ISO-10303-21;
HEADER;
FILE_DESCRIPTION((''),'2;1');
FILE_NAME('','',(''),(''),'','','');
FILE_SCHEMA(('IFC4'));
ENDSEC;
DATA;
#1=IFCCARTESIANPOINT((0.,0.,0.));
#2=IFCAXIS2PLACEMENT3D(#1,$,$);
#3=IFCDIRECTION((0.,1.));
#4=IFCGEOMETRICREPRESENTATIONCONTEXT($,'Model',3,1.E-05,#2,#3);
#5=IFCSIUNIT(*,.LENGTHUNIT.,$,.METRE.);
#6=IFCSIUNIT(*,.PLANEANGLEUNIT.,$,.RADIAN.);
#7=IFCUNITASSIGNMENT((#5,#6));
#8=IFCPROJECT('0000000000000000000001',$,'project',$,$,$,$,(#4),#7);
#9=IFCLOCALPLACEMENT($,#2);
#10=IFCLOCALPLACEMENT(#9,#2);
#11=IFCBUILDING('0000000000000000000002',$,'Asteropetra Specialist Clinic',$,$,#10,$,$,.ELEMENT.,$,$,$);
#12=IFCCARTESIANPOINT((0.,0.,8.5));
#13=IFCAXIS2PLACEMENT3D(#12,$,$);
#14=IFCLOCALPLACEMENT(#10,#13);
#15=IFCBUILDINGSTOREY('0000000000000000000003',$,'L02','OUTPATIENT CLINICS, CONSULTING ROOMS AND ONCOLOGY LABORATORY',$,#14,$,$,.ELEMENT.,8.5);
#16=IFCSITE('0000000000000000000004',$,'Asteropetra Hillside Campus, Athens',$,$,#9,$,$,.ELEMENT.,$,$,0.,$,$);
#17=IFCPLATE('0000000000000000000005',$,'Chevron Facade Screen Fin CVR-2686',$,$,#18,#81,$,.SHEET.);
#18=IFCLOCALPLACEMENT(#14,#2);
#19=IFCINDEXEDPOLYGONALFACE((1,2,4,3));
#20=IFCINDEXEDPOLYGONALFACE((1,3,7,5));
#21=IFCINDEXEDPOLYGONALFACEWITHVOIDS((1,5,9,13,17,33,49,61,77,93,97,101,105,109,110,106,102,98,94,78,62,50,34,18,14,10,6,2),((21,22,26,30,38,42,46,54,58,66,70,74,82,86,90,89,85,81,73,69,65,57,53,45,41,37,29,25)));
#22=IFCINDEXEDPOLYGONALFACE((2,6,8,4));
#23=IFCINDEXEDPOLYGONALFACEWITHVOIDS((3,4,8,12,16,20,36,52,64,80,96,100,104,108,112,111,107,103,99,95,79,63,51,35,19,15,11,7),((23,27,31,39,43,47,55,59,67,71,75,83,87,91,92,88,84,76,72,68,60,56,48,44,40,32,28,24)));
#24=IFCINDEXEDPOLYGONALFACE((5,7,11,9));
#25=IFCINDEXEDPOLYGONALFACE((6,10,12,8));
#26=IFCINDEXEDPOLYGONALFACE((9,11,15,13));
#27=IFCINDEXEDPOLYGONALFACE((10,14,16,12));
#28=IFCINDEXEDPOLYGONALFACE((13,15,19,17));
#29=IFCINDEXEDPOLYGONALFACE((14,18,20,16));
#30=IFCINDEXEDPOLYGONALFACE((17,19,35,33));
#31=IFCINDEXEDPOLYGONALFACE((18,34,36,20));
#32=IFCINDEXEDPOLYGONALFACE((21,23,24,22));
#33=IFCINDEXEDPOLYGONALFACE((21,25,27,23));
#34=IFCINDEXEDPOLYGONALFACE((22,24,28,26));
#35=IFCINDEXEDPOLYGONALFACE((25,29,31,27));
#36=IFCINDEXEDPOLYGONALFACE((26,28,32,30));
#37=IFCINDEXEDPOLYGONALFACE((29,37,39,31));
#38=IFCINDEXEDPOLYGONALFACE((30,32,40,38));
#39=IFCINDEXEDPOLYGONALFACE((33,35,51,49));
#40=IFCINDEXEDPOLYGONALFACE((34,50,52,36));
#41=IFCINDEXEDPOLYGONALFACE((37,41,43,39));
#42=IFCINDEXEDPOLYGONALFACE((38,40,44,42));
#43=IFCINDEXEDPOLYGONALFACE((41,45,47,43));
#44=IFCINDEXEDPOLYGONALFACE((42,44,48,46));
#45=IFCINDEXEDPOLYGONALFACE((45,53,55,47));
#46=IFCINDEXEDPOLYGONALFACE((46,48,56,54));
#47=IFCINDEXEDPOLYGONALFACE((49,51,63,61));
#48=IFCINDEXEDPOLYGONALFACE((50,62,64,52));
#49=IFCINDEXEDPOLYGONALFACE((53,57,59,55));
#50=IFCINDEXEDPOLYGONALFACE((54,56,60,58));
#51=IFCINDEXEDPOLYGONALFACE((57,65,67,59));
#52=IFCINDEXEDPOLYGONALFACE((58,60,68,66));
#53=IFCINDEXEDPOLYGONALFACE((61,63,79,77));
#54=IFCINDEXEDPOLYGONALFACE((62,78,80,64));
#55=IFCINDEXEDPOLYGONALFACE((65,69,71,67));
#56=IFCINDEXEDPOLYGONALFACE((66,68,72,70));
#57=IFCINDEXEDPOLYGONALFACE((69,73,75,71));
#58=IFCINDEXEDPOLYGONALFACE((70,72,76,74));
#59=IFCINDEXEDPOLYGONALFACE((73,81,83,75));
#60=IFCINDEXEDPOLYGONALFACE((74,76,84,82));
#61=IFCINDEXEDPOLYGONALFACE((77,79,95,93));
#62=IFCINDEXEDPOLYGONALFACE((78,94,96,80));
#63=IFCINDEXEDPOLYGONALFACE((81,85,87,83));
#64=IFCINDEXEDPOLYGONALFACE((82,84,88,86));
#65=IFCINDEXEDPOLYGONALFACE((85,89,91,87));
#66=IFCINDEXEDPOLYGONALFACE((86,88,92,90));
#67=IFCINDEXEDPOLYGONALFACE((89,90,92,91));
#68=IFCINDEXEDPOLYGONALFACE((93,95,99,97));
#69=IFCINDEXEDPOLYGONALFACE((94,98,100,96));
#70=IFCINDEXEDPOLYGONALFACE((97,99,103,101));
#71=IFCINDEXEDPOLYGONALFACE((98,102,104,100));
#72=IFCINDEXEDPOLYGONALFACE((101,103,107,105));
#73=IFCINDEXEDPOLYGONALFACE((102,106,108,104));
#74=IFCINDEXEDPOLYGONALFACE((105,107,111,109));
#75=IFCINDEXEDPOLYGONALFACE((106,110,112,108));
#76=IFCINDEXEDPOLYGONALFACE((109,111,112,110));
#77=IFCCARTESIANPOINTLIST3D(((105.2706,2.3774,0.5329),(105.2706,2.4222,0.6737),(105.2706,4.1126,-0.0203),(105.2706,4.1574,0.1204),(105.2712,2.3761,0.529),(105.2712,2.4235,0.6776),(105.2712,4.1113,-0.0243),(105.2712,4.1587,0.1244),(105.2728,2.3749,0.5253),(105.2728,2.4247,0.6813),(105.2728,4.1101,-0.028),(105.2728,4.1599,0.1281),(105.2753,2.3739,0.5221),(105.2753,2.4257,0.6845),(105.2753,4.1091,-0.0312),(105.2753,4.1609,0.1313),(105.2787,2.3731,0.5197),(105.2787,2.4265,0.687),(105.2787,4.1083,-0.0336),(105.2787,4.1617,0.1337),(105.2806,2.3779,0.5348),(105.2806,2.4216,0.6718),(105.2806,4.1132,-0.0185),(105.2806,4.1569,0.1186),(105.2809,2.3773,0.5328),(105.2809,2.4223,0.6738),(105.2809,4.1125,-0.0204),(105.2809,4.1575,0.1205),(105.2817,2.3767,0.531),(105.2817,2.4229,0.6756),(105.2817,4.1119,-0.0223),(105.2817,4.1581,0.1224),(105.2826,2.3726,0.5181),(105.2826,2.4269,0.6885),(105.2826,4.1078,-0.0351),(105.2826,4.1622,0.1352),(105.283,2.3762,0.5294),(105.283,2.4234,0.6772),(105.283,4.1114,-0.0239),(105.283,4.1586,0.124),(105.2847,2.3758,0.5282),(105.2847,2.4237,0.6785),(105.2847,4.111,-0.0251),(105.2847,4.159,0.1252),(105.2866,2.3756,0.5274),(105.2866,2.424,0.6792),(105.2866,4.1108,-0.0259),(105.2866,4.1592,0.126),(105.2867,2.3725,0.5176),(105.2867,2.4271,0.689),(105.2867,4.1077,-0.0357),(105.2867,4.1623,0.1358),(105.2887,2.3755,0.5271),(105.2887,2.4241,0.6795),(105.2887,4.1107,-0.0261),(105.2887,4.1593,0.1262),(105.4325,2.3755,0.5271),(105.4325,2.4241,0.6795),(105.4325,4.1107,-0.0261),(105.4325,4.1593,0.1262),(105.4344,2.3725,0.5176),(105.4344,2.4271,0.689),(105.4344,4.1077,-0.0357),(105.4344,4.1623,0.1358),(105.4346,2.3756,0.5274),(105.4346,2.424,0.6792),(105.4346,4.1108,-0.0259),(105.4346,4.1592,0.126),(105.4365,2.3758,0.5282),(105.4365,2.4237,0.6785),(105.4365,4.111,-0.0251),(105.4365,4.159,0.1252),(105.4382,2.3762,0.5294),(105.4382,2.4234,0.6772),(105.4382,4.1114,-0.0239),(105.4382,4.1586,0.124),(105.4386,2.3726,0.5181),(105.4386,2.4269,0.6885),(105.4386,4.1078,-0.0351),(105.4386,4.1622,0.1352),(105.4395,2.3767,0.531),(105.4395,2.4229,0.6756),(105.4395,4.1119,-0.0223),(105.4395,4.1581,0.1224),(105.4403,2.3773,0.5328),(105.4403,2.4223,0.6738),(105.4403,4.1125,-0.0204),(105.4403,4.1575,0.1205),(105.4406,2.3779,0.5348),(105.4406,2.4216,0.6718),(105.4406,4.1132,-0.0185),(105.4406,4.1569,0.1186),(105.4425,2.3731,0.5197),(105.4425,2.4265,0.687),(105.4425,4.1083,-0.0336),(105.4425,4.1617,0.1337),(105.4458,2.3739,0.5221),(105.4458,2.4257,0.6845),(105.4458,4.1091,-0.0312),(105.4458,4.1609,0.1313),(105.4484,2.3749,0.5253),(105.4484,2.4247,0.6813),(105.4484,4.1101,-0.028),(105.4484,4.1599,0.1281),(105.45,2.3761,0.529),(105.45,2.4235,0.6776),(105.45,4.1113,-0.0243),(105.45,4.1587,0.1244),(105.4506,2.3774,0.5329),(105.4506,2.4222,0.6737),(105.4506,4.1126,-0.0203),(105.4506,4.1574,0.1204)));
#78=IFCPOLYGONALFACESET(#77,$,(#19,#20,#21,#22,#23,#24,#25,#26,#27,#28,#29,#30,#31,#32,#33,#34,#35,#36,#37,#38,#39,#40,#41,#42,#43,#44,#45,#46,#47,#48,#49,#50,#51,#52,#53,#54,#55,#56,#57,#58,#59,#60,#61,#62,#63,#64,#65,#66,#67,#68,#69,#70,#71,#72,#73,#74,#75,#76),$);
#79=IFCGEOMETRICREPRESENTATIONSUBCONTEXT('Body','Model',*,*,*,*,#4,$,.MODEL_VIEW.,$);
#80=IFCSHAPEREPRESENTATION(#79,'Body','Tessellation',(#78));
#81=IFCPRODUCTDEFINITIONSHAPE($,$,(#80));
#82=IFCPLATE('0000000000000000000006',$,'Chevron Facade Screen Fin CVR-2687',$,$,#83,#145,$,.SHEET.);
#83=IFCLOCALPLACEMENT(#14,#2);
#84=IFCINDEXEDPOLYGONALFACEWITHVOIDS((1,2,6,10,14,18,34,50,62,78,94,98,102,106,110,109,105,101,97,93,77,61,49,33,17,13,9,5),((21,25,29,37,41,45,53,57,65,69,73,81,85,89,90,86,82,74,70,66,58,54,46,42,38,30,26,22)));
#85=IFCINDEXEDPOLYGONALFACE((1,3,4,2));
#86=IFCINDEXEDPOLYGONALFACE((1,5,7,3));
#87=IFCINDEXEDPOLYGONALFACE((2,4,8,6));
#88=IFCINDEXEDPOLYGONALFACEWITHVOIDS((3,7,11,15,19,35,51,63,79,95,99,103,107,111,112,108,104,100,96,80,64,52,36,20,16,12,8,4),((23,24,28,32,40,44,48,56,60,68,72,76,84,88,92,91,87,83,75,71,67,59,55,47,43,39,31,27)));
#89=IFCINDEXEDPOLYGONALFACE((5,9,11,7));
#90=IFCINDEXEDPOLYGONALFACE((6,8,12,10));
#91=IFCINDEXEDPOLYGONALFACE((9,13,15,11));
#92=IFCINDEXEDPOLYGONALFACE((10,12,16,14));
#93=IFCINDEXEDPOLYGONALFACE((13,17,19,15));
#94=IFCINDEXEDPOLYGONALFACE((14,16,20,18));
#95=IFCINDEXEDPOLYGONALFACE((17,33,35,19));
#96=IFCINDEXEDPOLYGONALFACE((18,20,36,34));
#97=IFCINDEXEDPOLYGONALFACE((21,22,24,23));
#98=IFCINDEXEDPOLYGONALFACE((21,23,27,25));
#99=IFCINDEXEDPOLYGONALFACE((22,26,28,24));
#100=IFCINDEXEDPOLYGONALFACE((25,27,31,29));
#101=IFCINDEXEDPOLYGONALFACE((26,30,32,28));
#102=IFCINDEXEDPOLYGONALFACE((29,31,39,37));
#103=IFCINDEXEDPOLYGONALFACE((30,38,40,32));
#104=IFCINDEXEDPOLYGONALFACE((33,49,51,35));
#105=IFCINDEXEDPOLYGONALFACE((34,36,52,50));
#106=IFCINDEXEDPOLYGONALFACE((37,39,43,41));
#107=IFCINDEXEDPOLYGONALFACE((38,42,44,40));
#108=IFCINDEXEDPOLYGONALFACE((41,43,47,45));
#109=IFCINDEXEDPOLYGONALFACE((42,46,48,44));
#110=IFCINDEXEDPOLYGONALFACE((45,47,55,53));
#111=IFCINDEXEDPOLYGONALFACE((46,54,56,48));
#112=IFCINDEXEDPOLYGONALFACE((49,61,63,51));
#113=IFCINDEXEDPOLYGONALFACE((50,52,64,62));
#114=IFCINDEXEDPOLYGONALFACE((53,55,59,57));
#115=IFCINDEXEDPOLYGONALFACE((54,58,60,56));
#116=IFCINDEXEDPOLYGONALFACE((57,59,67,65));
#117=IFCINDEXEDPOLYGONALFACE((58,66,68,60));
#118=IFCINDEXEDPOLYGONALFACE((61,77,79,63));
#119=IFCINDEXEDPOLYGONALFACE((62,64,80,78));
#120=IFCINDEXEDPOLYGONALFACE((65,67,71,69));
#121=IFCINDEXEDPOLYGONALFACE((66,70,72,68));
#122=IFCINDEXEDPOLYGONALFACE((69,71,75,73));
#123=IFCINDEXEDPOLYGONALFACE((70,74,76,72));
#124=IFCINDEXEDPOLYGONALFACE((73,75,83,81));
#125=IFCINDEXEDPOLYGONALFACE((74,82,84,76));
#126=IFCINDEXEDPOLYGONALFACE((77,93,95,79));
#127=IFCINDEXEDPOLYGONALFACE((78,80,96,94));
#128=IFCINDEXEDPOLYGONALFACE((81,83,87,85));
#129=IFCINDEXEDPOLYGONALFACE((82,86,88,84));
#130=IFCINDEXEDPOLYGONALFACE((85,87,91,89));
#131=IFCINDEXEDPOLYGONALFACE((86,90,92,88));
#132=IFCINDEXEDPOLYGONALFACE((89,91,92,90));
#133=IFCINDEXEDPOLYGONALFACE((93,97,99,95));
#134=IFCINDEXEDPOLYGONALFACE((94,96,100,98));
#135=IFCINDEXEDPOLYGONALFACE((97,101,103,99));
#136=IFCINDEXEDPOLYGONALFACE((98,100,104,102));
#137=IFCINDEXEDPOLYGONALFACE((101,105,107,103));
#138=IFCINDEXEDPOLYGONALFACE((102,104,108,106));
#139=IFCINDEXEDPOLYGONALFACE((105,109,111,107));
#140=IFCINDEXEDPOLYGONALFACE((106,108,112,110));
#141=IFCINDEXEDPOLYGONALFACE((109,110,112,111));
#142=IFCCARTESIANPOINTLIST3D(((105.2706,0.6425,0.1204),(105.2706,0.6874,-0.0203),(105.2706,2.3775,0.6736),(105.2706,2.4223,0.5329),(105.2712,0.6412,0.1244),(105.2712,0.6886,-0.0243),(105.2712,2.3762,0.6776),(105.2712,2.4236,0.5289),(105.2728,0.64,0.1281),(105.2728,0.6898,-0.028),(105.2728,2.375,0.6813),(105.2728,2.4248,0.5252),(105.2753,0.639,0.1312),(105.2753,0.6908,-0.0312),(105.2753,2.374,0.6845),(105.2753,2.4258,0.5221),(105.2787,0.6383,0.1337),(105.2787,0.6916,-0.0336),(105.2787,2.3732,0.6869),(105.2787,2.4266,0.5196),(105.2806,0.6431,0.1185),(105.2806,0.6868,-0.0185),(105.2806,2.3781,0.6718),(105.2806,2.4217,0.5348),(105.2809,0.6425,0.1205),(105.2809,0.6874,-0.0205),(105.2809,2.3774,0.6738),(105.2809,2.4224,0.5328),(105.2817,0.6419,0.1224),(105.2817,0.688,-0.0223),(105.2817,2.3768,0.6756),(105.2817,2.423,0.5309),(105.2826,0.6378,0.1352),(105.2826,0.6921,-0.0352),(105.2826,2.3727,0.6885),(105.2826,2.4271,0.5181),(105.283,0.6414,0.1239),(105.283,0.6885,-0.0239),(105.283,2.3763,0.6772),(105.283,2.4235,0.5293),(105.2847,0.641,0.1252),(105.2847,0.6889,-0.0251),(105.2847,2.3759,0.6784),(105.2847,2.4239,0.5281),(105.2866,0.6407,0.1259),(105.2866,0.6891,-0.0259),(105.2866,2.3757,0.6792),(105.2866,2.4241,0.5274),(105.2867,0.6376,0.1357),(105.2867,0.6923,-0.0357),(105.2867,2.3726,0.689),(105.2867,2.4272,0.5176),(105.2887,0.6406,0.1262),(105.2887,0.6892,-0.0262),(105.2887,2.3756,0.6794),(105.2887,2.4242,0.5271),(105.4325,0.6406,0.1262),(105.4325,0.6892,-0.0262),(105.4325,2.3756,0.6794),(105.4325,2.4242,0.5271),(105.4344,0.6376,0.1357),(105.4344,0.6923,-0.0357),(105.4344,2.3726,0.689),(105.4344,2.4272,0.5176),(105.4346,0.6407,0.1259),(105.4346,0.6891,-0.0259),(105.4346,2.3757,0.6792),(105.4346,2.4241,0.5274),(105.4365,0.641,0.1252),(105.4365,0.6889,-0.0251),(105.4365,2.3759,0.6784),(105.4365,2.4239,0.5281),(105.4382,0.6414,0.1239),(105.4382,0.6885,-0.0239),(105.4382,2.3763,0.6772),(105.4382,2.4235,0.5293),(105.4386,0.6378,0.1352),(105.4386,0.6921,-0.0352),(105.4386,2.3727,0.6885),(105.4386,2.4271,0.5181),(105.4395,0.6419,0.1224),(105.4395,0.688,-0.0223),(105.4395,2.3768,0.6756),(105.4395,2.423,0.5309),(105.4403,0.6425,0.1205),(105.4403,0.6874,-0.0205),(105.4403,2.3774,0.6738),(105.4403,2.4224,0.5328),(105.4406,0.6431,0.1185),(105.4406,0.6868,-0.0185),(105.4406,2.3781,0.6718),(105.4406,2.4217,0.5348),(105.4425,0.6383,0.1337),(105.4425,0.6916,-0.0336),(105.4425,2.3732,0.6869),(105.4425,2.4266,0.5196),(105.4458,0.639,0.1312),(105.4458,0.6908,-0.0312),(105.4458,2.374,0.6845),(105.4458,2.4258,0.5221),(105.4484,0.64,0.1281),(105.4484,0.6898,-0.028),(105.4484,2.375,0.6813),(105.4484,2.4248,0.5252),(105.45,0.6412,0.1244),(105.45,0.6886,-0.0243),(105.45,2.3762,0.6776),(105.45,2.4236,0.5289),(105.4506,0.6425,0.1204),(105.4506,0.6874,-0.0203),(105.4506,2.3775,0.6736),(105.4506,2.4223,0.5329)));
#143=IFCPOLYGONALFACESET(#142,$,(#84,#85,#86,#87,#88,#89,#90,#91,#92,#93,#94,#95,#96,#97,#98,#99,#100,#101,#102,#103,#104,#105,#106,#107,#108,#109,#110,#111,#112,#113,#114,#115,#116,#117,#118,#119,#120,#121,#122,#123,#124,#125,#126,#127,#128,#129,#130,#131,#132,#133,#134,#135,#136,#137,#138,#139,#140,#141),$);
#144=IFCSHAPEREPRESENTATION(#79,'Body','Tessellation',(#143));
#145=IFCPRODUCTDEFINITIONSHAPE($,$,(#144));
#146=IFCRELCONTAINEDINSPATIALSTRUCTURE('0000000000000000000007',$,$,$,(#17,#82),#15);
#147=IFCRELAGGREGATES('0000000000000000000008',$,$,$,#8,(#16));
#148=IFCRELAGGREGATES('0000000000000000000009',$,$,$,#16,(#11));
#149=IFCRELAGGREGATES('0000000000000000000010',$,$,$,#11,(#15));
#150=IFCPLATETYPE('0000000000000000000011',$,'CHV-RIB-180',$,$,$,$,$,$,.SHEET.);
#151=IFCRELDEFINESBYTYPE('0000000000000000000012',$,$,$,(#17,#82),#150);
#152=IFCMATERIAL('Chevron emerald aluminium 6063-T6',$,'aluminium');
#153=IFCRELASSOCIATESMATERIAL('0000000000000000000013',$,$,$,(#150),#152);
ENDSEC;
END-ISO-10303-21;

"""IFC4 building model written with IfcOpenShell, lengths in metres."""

from ifc_helpers import new_model, si_unit, direction, frame, origin, origin_2d, place, context, subcontext, project, spatial, hollow_rectangle, extrude, material, material_profile, profile_set, type_object, element, save


model = new_model("IFC4")

# Units and contexts
model_context = context("Model", 3, precision=1e-05, world=origin(), true_north=direction((0.0, 1.0)))
body_context = subcontext(model_context, "Body", "Model", "MODEL_VIEW")
ifc_project = project(units=[si_unit("LENGTHUNIT", "METRE"), si_unit("PLANEANGLEUNIT", "RADIAN")], contexts=[model_context])

# Site, building, storey
site_placement = place(None, origin())
site = spatial("IfcSite", under=ifc_project, at=site_placement, Name="Asteropetra Hillside Campus, Athens", CompositionType="ELEMENT", RefElevation=0.0)
building_placement = place(site_placement, origin())
building = spatial("IfcBuilding", under=site, at=building_placement, Name="Asteropetra Specialist Clinic", CompositionType="ELEMENT")
storey_placement = place(building_placement, frame((0.0, 0.0, 8.5)))
storey = spatial("IfcBuildingStorey", under=building, at=storey_placement, Name="L02", Description="OUTPATIENT CLINICS, CONSULTING ROOMS AND ONCOLOGY LABORATORY", CompositionType="ELEMENT", Elevation=8.5)

# Plates
ifc_material_1 = material(Name="Chevron emerald aluminium 6063-T6", Category="aluminium")
ifc_material_profile = material_profile(ifc_material_1, hollow_rectangle(XDim=0.1799, YDim=0.1799, WallThickness=0.01, InnerFilletRadius=0.0081, OuterFilletRadius=0.0161, at=origin_2d()), Name="SHS 180x180x10.0")
ifc_profile_set = profile_set([ifc_material_profile], Name="Chevron emerald aluminium 6063-T6")
plate_type = type_object("IfcPlateType", Name="CHV-RIB-180", PredefinedType="SHEET", material=ifc_profile_set)
plate_1_placement = place(storey_placement, frame((105.3606, 4.135, 0.05), z_axis=(0.0, -0.952744, 0.303774), x_axis=(1.0, 0.0, 0.0)))
element("IfcPlate", 1, at=plate_1_placement, inside=storey, type_object=plate_type, Name="Chevron Facade Screen Fin CVR-2686", PredefinedType="SHEET", context=body_context, shape_type="SweptSolid", body=[
    extrude(hollow_rectangle(XDim=0.1799, YDim=0.1799, WallThickness=0.01, InnerFilletRadius=0.0081, OuterFilletRadius=0.0161, at=origin_2d()), origin(), (0.0, 0.0, 1.0), 1.8213),
])
plate_2_placement = place(storey_placement, frame((105.3606, 2.3999, 0.6033), z_axis=(0.0, -0.952732, -0.303812), x_axis=(1.0, 0.0, 0.0)))
element("IfcPlate", 2, at=plate_2_placement, inside=storey, type_object=plate_type, Name="Chevron Facade Screen Fin CVR-2687", PredefinedType="SHEET", context=body_context, shape_type="SweptSolid", body=[
    extrude(hollow_rectangle(XDim=0.1799, YDim=0.1799, WallThickness=0.01, InnerFilletRadius=0.0081, OuterFilletRadius=0.0161, at=origin_2d()), origin(), (0.0, 0.0, 1.0), 1.821),
])

save(model, "model.ifc")
